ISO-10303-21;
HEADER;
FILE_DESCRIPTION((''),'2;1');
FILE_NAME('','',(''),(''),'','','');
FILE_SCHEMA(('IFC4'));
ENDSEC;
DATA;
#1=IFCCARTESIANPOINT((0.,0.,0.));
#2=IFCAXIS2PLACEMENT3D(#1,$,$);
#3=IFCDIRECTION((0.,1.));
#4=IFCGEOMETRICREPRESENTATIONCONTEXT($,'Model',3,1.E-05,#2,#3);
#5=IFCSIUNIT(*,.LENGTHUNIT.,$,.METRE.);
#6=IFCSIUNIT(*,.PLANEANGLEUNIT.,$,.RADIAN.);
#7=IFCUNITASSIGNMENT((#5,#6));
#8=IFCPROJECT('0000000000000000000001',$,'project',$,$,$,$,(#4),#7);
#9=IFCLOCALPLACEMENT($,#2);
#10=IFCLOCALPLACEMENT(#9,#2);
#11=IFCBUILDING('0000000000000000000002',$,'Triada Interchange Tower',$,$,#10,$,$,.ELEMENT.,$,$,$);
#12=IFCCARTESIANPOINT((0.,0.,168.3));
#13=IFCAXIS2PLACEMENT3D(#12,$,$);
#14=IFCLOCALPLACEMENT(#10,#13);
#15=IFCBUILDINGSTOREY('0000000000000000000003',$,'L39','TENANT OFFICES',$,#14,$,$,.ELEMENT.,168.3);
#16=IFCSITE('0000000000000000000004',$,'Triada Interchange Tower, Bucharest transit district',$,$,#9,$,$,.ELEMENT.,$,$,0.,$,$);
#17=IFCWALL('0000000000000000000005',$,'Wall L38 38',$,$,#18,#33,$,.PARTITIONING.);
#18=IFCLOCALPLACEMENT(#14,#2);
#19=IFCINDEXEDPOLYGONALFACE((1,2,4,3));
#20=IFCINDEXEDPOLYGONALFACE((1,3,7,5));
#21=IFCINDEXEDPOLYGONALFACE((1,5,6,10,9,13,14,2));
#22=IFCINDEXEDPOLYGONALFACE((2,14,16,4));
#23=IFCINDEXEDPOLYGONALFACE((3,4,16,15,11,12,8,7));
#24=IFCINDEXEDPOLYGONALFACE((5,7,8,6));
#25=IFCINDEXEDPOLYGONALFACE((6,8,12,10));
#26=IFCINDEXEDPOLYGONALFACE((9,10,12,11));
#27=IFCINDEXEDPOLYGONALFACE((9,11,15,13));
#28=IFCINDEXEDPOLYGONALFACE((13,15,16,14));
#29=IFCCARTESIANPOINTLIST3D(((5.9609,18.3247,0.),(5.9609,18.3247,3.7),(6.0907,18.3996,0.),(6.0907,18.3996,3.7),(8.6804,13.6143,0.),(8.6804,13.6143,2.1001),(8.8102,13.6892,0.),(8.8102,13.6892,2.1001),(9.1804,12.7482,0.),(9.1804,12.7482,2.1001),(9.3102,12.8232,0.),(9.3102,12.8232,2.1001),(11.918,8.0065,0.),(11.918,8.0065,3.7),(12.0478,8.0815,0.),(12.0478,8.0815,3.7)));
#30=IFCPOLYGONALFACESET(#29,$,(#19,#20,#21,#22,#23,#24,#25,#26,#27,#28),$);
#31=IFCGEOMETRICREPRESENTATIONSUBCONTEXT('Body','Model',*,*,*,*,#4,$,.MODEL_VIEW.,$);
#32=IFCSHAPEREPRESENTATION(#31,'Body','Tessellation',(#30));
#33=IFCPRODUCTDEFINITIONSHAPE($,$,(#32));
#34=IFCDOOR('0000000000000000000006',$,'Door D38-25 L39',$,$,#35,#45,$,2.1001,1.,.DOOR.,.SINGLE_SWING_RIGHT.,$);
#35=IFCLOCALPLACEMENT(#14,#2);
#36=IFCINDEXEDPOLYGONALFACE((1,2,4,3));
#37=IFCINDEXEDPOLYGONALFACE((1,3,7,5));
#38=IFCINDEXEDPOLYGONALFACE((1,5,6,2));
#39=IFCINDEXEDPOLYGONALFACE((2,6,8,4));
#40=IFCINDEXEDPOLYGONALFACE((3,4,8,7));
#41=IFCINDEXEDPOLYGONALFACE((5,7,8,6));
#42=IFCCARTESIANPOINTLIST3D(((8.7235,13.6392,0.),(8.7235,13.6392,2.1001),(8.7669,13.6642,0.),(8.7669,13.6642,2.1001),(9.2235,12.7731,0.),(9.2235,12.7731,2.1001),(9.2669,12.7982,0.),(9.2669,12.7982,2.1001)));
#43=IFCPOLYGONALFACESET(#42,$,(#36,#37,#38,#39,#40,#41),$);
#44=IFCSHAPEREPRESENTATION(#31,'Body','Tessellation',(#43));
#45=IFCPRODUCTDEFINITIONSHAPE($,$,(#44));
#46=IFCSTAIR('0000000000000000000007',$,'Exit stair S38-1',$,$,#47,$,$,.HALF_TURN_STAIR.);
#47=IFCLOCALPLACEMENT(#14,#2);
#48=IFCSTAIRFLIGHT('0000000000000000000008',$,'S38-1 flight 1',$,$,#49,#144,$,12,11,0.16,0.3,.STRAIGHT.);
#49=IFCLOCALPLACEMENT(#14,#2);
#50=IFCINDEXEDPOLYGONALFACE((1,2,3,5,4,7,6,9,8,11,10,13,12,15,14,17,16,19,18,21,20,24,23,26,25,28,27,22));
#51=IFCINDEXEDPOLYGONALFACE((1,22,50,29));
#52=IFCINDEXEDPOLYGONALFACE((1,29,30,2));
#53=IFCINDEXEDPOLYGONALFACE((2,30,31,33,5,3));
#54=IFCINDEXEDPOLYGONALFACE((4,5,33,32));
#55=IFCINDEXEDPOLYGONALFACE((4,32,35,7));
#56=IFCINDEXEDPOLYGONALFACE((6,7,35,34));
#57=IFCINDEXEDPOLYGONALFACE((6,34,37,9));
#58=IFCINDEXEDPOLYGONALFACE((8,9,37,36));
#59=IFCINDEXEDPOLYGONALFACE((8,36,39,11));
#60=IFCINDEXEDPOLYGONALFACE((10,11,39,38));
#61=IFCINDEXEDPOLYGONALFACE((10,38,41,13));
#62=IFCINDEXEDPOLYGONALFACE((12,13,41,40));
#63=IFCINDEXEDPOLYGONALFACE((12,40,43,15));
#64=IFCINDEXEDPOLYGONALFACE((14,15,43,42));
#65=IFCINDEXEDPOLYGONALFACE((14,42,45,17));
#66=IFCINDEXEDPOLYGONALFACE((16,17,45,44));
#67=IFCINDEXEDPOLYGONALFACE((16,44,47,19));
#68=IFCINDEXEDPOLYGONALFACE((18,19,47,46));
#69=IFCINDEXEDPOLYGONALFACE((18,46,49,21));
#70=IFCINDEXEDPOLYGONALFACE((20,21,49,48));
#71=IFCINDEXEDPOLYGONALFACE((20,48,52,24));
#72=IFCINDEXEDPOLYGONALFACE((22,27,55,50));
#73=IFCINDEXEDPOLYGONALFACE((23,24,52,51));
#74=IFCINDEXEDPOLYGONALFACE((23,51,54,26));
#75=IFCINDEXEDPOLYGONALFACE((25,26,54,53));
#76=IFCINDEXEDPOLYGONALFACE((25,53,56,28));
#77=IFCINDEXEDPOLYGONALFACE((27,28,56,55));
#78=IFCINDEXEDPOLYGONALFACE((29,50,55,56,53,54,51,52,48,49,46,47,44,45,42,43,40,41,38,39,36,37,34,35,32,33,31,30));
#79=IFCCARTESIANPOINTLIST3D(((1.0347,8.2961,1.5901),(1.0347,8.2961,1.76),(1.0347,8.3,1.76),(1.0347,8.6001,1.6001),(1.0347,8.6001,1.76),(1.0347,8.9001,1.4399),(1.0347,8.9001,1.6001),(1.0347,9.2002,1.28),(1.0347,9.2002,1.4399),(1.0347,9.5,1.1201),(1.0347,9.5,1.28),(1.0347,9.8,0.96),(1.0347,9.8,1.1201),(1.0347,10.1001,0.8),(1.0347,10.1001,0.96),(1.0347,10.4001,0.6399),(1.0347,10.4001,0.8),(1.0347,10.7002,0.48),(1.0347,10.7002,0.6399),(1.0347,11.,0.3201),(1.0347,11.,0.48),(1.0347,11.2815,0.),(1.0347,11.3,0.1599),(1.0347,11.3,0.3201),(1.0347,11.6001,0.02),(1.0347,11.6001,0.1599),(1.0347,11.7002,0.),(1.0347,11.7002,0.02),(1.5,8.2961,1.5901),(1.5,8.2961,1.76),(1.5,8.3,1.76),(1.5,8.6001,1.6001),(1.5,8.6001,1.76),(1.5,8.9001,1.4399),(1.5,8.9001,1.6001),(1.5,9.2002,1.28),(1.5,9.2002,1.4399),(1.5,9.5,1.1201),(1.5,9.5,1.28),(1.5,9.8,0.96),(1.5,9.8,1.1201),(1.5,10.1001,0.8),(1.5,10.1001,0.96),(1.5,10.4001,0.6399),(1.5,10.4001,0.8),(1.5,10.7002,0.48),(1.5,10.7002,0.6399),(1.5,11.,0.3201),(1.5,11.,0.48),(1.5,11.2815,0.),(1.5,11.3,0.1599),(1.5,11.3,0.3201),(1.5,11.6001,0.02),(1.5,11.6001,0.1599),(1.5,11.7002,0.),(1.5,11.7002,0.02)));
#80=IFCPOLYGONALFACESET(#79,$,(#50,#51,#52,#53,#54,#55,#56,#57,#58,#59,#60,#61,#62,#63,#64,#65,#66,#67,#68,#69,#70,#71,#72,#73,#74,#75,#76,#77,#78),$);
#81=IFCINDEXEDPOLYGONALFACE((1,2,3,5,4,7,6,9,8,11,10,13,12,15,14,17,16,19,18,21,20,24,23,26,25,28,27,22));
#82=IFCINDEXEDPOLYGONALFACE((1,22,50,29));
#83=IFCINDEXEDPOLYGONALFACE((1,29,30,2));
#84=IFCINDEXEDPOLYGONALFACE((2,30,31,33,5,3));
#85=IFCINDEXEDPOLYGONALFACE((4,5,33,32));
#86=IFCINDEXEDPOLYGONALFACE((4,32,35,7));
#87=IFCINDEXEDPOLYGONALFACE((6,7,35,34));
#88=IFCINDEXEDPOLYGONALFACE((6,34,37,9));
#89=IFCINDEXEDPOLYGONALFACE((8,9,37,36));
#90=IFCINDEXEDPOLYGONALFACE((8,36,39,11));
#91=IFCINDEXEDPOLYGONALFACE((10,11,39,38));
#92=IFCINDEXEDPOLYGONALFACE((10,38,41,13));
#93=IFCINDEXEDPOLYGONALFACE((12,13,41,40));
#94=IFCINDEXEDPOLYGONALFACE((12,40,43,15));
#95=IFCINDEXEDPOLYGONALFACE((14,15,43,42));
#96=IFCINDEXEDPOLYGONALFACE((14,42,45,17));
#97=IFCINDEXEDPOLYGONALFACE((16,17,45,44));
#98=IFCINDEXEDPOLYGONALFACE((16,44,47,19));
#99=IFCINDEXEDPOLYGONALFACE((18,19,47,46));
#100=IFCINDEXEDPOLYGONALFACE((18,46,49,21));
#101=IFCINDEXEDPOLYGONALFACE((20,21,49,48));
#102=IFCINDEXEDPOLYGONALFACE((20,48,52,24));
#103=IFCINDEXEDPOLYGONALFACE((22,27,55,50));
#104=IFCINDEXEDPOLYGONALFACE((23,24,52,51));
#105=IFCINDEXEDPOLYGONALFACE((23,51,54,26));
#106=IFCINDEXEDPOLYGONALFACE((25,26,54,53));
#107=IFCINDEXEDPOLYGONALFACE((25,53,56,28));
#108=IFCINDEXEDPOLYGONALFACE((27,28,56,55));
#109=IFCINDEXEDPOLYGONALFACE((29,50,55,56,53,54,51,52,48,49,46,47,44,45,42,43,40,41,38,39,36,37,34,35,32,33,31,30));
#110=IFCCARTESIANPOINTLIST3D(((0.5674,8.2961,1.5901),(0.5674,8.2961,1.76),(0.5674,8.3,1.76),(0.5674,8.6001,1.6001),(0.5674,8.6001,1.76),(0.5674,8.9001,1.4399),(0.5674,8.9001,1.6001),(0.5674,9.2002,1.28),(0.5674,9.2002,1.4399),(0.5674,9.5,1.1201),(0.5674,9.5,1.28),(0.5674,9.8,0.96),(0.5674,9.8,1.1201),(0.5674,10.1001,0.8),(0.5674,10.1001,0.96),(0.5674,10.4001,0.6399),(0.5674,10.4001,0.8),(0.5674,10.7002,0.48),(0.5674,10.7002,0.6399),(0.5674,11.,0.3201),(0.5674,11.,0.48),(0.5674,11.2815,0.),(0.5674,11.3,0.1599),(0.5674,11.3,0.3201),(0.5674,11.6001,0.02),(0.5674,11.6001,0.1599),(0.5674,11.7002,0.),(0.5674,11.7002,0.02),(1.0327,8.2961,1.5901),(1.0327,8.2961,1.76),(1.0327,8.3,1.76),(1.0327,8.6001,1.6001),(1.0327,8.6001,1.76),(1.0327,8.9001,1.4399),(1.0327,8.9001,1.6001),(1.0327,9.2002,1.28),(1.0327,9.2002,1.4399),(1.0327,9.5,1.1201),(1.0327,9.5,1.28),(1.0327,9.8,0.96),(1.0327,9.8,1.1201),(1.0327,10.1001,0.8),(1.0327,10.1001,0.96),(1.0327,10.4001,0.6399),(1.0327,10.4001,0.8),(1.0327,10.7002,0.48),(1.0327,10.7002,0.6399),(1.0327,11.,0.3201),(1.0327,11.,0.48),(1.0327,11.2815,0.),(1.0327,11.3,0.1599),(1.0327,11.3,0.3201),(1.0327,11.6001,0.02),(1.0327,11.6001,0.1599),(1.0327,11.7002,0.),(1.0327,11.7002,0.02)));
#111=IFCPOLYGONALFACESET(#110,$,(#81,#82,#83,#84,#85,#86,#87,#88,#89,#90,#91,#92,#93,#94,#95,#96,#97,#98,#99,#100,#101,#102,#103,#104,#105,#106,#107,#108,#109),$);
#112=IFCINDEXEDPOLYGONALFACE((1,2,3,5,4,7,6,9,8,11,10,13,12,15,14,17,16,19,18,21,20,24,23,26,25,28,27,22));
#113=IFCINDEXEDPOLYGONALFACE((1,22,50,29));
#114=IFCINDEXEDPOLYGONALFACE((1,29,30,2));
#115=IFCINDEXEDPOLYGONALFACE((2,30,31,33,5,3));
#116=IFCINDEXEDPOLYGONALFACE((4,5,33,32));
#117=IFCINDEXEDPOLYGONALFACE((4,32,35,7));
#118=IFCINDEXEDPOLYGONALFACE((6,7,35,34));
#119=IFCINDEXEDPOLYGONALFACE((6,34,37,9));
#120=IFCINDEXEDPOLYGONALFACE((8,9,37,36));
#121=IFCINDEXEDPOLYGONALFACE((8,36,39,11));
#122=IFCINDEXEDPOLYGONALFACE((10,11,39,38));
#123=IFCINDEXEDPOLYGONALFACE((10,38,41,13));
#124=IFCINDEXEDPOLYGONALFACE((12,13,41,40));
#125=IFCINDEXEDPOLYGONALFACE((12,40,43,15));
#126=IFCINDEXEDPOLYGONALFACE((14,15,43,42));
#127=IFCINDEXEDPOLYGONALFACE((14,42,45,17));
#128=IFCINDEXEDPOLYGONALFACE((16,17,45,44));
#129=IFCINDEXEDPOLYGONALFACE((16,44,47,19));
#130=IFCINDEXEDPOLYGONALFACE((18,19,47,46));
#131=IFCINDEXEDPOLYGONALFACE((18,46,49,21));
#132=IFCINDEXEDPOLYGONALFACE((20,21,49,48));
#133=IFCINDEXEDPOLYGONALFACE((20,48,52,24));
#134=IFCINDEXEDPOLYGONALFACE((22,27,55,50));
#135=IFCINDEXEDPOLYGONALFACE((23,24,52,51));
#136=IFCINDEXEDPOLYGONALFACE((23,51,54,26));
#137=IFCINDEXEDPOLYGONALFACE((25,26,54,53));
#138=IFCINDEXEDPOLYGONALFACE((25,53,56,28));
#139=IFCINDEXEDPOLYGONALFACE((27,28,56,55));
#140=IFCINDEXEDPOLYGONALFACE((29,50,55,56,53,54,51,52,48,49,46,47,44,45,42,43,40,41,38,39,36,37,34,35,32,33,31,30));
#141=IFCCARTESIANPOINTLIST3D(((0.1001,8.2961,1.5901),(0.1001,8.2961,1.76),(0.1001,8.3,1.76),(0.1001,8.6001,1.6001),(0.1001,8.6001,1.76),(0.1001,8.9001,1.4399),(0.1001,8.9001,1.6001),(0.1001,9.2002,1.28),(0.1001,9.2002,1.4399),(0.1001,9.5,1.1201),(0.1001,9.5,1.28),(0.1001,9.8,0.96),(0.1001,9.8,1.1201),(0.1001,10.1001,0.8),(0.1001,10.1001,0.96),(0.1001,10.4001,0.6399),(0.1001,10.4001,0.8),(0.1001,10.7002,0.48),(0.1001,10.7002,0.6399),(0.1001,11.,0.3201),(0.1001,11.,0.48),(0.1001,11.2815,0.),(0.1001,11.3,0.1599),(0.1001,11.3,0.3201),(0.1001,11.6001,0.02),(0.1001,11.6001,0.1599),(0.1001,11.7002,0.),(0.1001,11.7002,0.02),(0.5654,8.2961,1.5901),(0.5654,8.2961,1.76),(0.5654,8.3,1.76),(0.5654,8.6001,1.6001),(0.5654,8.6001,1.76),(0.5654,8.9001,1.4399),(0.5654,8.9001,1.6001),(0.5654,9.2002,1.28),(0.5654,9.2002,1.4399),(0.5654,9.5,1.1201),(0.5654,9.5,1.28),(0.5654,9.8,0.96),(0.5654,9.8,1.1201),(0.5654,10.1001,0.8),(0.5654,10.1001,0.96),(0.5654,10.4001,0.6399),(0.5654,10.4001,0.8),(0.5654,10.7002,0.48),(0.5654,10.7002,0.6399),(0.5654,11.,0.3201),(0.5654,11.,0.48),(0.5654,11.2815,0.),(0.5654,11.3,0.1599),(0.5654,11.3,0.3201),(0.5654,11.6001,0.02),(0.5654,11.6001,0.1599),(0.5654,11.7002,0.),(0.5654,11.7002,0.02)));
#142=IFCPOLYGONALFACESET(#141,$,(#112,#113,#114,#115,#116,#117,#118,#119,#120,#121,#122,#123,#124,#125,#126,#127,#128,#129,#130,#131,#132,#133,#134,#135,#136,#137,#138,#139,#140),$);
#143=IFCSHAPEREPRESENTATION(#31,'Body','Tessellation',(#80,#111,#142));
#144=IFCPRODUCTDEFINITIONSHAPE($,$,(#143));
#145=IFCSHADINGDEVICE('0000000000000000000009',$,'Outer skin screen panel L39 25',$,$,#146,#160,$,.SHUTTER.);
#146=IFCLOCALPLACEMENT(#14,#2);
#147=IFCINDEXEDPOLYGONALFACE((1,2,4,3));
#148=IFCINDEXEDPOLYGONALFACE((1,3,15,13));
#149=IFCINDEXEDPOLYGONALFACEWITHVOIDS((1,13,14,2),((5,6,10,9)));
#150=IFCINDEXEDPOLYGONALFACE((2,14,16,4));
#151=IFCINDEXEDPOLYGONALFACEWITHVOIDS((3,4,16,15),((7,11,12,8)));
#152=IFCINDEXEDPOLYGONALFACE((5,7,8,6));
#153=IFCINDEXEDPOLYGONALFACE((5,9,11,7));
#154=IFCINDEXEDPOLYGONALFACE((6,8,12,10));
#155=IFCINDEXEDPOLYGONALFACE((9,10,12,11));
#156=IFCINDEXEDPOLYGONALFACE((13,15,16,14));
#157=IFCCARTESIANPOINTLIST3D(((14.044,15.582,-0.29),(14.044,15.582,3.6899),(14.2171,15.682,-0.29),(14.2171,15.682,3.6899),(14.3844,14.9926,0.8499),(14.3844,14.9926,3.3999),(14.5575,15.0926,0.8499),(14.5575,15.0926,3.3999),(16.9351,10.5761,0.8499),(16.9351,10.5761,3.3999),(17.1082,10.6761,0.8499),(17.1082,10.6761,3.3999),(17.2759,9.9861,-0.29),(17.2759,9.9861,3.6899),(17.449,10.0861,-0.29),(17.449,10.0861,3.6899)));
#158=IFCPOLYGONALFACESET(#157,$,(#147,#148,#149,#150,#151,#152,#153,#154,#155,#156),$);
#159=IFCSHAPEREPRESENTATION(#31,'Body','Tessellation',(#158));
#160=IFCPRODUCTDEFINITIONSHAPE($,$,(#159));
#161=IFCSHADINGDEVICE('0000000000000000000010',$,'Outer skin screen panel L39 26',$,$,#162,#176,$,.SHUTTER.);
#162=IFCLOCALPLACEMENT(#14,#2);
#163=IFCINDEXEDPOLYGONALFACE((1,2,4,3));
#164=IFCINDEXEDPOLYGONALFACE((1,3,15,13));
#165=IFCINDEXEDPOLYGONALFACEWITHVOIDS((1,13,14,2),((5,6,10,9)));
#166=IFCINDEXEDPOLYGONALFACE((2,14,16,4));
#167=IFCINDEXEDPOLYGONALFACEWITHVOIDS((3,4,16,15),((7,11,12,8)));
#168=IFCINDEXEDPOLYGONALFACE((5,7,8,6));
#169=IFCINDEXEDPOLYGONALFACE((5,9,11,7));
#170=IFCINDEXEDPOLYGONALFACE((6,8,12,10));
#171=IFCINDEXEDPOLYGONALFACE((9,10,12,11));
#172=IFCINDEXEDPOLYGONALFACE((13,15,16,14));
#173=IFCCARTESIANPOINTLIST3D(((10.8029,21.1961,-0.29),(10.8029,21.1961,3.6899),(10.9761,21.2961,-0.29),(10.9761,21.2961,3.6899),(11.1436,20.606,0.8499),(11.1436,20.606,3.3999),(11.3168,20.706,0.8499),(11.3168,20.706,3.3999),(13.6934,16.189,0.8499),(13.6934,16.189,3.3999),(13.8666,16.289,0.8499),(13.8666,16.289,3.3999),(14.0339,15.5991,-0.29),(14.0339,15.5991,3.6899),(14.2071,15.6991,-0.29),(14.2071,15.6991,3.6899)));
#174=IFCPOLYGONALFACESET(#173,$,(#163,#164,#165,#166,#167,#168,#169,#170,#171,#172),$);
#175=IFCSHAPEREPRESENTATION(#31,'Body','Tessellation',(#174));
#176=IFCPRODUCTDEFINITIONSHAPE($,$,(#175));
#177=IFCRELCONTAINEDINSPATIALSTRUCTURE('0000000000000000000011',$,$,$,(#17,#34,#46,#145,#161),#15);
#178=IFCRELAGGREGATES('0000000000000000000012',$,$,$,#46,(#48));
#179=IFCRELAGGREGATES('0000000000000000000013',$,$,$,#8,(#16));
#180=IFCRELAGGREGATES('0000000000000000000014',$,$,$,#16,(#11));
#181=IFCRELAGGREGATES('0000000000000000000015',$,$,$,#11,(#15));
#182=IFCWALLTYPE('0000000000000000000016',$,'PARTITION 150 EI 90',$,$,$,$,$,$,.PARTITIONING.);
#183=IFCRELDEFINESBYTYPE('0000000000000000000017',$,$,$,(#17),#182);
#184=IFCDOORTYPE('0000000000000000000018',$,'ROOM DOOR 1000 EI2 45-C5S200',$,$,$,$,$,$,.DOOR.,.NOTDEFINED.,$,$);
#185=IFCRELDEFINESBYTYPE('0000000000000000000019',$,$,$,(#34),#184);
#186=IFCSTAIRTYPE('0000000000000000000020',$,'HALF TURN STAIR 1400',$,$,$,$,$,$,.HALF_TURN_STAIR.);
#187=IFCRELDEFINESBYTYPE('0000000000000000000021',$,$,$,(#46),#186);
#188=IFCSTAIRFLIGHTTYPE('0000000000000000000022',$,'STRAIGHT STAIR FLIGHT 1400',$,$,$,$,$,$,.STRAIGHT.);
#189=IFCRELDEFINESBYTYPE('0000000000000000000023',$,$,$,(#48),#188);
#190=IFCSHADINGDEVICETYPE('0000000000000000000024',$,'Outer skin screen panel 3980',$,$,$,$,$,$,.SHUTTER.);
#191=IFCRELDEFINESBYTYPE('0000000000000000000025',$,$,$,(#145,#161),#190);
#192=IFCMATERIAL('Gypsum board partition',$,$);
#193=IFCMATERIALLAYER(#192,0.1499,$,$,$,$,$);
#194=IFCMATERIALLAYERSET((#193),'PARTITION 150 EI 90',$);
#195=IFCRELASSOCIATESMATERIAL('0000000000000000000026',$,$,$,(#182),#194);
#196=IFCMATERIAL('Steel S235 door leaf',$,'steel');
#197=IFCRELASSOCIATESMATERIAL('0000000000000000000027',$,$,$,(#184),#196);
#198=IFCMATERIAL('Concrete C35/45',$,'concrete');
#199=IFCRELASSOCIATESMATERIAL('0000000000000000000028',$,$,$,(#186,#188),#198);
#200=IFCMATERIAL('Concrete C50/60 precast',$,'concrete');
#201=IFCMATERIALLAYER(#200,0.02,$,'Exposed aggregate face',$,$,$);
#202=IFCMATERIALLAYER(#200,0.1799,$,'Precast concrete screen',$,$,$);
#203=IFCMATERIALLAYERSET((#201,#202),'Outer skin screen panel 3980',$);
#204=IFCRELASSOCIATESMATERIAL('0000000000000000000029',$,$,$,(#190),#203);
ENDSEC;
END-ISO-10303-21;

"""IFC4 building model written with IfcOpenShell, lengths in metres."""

from ifc_helpers import new_model, si_unit, direction, frame, frame_2d, origin, place, context, subcontext, project, spatial, polyline, rectangle, outline, extrude, material, layer, layer_set, type_object, element, fill, aggregate, save


model = new_model("IFC4")

# Units and contexts
model_context = context("Model", 3, precision=1e-05, world=origin(), true_north=direction((0.0, 1.0)))
body_context = subcontext(model_context, "Body", "Model", "MODEL_VIEW")
ifc_project = project(units=[si_unit("LENGTHUNIT", "METRE"), si_unit("PLANEANGLEUNIT", "RADIAN")], contexts=[model_context])

# Site, building, storey
site_placement = place(None, origin())
site = spatial("IfcSite", under=ifc_project, at=site_placement, Name="Triada Interchange Tower, Bucharest transit district", CompositionType="ELEMENT", RefElevation=0.0)
building_placement = place(site_placement, origin())
building = spatial("IfcBuilding", under=site, at=building_placement, Name="Triada Interchange Tower", CompositionType="ELEMENT")
storey_placement = place(building_placement, frame((0.0, 0.0, 168.3)))
storey = spatial("IfcBuildingStorey", under=building, at=storey_placement, Name="L39", Description="TENANT OFFICES", CompositionType="ELEMENT", Elevation=168.3)

# Shared definitions
ifc_material_1 = material(Name="Steel S235 door leaf", Category="steel")

# Shared definitions
ifc_material_2 = material(Name="Gypsum board partition")

# Wall, opening, door
ifc_layer_1 = layer(ifc_material_2, 0.1499)
ifc_layer_set_1 = layer_set([ifc_layer_1], Name="PARTITION 150 EI 90")
wall_type_1 = type_object("IfcWallType", Name="PARTITION 150 EI 90", PredefinedType="PARTITIONING", material=ifc_layer_set_1)
wall_1_placement = place(storey_placement, frame((6.0259, 18.3621, 0.0), z_axis=(0.0, 0.0, 1.0), x_axis=(0.499991, -0.86603, 0.0)))
wall_1 = element("IfcWall", 1, at=wall_1_placement, inside=storey, type_object=wall_type_1, Name="Wall L38 38", PredefinedType="PARTITIONING", context=body_context, shape_type="SweptSolid", body=[
    extrude(rectangle(XDim=11.9143, YDim=0.1499, at=frame_2d((5.957, 0.0))), origin(), (0.0, 0.0, 1.0), 3.7),
])
opening_1_placement = place(wall_1_placement, frame((5.439, 0.0, 0.0)))
opening_1 = element("IfcOpeningElement", 2, at=opening_1_placement, cuts=wall_1, PredefinedType="OPENING", context=body_context, shape_type="SweptSolid", body=[
    extrude(rectangle(XDim=1.0, YDim=2.1001, at=frame_2d((0.5, 1.05))), frame((0.0, 0.085, 0.0), z_axis=(0.0, -1.0, 0.0), x_axis=(1.0, 0.0, 0.0)), (0.0, 0.0, 1.0), 0.1699),
])
door_type_1 = type_object("IfcDoorType", Name="ROOM DOOR 1000 EI2 45-C5S200", OperationType="NOTDEFINED", PredefinedType="DOOR", material=ifc_material_1)
door_1_placement = place(opening_1_placement, origin())
door_1 = element("IfcDoor", 3, at=door_1_placement, inside=storey, type_object=door_type_1, Name="Door D38-25 L39", OperationType="SINGLE_SWING_RIGHT", OverallHeight=2.1001, OverallWidth=1.0, PredefinedType="DOOR", context=body_context, shape_type="SweptSolid", body=[
    extrude(rectangle(XDim=1.0, YDim=2.1001, at=frame_2d((0.5, 1.05))), frame((0.0, 0.0249, 0.0), z_axis=(0.0, -1.0, 0.0), x_axis=(1.0, 0.0, 0.0)), (0.0, 0.0, 1.0), 0.05),
])
fill(opening_1, door_1)

# Stair, stair flight
ifc_material_3 = material(Name="Concrete C35/45", Category="concrete")
stair_type = type_object("IfcStairType", Name="HALF TURN STAIR 1400", PredefinedType="HALF_TURN_STAIR", material=ifc_material_3)
stair_placement = place(storey_placement, origin())
stair = element("IfcStair", 4, at=stair_placement, inside=storey, type_object=stair_type, Name="Exit stair S38-1", PredefinedType="HALF_TURN_STAIR")
stair_flight_type = type_object("IfcStairFlightType", Name="STRAIGHT STAIR FLIGHT 1400", PredefinedType="STRAIGHT", material=ifc_material_3)
stair_flight_placement = place(storey_placement, frame((0.8, 11.6001, 0.0), z_axis=(0.0, 0.0, 1.0), x_axis=(0.0, -1.0, 0.0)))
stair_flight = element("IfcStairFlight", 5, at=stair_flight_placement, type_object=stair_flight_type, Name="S38-1 flight 1", NumberOfRisers=12, NumberOfTreads=11, PredefinedType="STRAIGHT", RiserHeight=0.16, TreadLength=0.3, context=body_context, shape_type="SweptSolid", body=[
    extrude(outline(polyline([(-0.1001, 0.0), (-0.1001, 0.02), (0.0, 0.02), (0.0, 0.1599), (0.3, 0.1599), (0.3, 0.3201), (0.6001, 0.3201), (0.6001, 0.48), (0.8999, 0.48), (0.8999, 0.6399), (1.2, 0.6399), (1.2, 0.8), (1.5, 0.8), (1.5, 0.96), (1.8, 0.96), (1.8, 1.1201), (2.1001, 1.1201), (2.1001, 1.28), (2.3999, 1.28), (2.3999, 1.4399), (2.7, 1.4399), (2.7, 1.6001), (3.0, 1.6001), (3.0, 1.76), (3.3, 1.76), (3.304, 1.76), (3.304, 1.9199), (3.304, 1.5901), (0.3186, 0.0), (-0.1001, 0.0)])), frame((0.0, 0.7, 0.0), z_axis=(0.0, -1.0, 0.0), x_axis=(1.0, 0.0, 0.0)), (0.0, 0.0, 1.0), 0.4653),
    extrude(outline(polyline([(-0.1001, 0.0), (-0.1001, 0.02), (0.0, 0.02), (0.0, 0.1599), (0.3, 0.1599), (0.3, 0.3201), (0.6001, 0.3201), (0.6001, 0.48), (0.8999, 0.48), (0.8999, 0.6399), (1.2, 0.6399), (1.2, 0.8), (1.5, 0.8), (1.5, 0.96), (1.8, 0.96), (1.8, 1.1201), (2.1001, 1.1201), (2.1001, 1.28), (2.3999, 1.28), (2.3999, 1.4399), (2.7, 1.4399), (2.7, 1.6001), (3.0, 1.6001), (3.0, 1.76), (3.3, 1.76), (3.304, 1.76), (3.304, 1.9199), (3.304, 1.5901), (0.3186, 0.0), (-0.1001, 0.0)])), frame((0.0, 0.2327, 0.0), z_axis=(0.0, -1.0, 0.0), x_axis=(1.0, 0.0, 0.0)), (0.0, 0.0, 1.0), 0.4653),
    extrude(outline(polyline([(-0.1001, 0.0), (-0.1001, 0.02), (0.0, 0.02), (0.0, 0.1599), (0.3, 0.1599), (0.3, 0.3201), (0.6001, 0.3201), (0.6001, 0.48), (0.8999, 0.48), (0.8999, 0.6399), (1.2, 0.6399), (1.2, 0.8), (1.5, 0.8), (1.5, 0.96), (1.8, 0.96), (1.8, 1.1201), (2.1001, 1.1201), (2.1001, 1.28), (2.3999, 1.28), (2.3999, 1.4399), (2.7, 1.4399), (2.7, 1.6001), (3.0, 1.6001), (3.0, 1.76), (3.3, 1.76), (3.304, 1.76), (3.304, 1.9199), (3.304, 1.5901), (0.3186, 0.0), (-0.1001, 0.0)])), frame((0.0, -0.2346, 0.0), z_axis=(0.0, -1.0, 0.0), x_axis=(1.0, 0.0, 0.0)), (0.0, 0.0, 1.0), 0.4653),
])

# Shading devices
ifc_material_4 = material(Name="Concrete C50/60 precast", Category="concrete")
ifc_layer_2 = layer(ifc_material_4, 0.02, Name="Exposed aggregate face")
ifc_layer_3 = layer(ifc_material_4, 0.1799, Name="Precast concrete screen")
ifc_layer_set_2 = layer_set([ifc_layer_2, ifc_layer_3], Name="Outer skin screen panel 3980")
shading_device_type = type_object("IfcShadingDeviceType", Name="Outer skin screen panel 3980", PredefinedType="SHUTTER", material=ifc_layer_set_2)
shading_device_1_placement = place(storey_placement, frame((17.2759, 9.9861, -0.29), z_axis=(0.0, 0.0, 1.0), x_axis=(-0.500129, 0.865951, 0.0)))
element("IfcShadingDevice", 6, at=shading_device_1_placement, inside=storey, type_object=shading_device_type, Name="Outer skin screen panel L39 25", PredefinedType="SHUTTER", context=body_context, shape_type="SweptSolid", body=[
    extrude(outline(polyline([(0.0, 0.0), (6.4622, 0.0), (6.4622, 3.98), (0.0, 3.98), (0.0, 0.0)]), holes=[polyline([(0.6814, 1.1399), (0.6814, 3.6899), (5.7815, 3.6899), (5.7815, 1.1399), (0.6814, 1.1399)])]), frame((0.0, 0.0, 0.0), z_axis=(0.0, -1.0, 0.0), x_axis=(1.0, 0.0, 0.0)), (0.0, 0.0, 1.0), 0.2),
])
shading_device_2_placement = place(storey_placement, frame((14.0339, 15.5991, -0.29), z_axis=(0.0, 0.0, 1.0), x_axis=(-0.49995, 0.866054, 0.0)))
element("IfcShadingDevice", 7, at=shading_device_2_placement, inside=storey, type_object=shading_device_type, Name="Outer skin screen panel L39 26", PredefinedType="SHUTTER", context=body_context, shape_type="SweptSolid", body=[
    extrude(outline(polyline([(0.0, 0.0), (6.4626, 0.0), (6.4626, 3.98), (0.0, 3.98), (0.0, 0.0)]), holes=[polyline([(0.6812, 1.1399), (0.6812, 3.6899), (5.7812, 3.6899), (5.7812, 1.1399), (0.6812, 1.1399)])]), frame((0.0, 0.0, 0.0), z_axis=(0.0, -1.0, 0.0), x_axis=(1.0, 0.0, 0.0)), (0.0, 0.0, 1.0), 0.2),
])

aggregate(stair, [stair_flight])

save(model, "model.ifc")
